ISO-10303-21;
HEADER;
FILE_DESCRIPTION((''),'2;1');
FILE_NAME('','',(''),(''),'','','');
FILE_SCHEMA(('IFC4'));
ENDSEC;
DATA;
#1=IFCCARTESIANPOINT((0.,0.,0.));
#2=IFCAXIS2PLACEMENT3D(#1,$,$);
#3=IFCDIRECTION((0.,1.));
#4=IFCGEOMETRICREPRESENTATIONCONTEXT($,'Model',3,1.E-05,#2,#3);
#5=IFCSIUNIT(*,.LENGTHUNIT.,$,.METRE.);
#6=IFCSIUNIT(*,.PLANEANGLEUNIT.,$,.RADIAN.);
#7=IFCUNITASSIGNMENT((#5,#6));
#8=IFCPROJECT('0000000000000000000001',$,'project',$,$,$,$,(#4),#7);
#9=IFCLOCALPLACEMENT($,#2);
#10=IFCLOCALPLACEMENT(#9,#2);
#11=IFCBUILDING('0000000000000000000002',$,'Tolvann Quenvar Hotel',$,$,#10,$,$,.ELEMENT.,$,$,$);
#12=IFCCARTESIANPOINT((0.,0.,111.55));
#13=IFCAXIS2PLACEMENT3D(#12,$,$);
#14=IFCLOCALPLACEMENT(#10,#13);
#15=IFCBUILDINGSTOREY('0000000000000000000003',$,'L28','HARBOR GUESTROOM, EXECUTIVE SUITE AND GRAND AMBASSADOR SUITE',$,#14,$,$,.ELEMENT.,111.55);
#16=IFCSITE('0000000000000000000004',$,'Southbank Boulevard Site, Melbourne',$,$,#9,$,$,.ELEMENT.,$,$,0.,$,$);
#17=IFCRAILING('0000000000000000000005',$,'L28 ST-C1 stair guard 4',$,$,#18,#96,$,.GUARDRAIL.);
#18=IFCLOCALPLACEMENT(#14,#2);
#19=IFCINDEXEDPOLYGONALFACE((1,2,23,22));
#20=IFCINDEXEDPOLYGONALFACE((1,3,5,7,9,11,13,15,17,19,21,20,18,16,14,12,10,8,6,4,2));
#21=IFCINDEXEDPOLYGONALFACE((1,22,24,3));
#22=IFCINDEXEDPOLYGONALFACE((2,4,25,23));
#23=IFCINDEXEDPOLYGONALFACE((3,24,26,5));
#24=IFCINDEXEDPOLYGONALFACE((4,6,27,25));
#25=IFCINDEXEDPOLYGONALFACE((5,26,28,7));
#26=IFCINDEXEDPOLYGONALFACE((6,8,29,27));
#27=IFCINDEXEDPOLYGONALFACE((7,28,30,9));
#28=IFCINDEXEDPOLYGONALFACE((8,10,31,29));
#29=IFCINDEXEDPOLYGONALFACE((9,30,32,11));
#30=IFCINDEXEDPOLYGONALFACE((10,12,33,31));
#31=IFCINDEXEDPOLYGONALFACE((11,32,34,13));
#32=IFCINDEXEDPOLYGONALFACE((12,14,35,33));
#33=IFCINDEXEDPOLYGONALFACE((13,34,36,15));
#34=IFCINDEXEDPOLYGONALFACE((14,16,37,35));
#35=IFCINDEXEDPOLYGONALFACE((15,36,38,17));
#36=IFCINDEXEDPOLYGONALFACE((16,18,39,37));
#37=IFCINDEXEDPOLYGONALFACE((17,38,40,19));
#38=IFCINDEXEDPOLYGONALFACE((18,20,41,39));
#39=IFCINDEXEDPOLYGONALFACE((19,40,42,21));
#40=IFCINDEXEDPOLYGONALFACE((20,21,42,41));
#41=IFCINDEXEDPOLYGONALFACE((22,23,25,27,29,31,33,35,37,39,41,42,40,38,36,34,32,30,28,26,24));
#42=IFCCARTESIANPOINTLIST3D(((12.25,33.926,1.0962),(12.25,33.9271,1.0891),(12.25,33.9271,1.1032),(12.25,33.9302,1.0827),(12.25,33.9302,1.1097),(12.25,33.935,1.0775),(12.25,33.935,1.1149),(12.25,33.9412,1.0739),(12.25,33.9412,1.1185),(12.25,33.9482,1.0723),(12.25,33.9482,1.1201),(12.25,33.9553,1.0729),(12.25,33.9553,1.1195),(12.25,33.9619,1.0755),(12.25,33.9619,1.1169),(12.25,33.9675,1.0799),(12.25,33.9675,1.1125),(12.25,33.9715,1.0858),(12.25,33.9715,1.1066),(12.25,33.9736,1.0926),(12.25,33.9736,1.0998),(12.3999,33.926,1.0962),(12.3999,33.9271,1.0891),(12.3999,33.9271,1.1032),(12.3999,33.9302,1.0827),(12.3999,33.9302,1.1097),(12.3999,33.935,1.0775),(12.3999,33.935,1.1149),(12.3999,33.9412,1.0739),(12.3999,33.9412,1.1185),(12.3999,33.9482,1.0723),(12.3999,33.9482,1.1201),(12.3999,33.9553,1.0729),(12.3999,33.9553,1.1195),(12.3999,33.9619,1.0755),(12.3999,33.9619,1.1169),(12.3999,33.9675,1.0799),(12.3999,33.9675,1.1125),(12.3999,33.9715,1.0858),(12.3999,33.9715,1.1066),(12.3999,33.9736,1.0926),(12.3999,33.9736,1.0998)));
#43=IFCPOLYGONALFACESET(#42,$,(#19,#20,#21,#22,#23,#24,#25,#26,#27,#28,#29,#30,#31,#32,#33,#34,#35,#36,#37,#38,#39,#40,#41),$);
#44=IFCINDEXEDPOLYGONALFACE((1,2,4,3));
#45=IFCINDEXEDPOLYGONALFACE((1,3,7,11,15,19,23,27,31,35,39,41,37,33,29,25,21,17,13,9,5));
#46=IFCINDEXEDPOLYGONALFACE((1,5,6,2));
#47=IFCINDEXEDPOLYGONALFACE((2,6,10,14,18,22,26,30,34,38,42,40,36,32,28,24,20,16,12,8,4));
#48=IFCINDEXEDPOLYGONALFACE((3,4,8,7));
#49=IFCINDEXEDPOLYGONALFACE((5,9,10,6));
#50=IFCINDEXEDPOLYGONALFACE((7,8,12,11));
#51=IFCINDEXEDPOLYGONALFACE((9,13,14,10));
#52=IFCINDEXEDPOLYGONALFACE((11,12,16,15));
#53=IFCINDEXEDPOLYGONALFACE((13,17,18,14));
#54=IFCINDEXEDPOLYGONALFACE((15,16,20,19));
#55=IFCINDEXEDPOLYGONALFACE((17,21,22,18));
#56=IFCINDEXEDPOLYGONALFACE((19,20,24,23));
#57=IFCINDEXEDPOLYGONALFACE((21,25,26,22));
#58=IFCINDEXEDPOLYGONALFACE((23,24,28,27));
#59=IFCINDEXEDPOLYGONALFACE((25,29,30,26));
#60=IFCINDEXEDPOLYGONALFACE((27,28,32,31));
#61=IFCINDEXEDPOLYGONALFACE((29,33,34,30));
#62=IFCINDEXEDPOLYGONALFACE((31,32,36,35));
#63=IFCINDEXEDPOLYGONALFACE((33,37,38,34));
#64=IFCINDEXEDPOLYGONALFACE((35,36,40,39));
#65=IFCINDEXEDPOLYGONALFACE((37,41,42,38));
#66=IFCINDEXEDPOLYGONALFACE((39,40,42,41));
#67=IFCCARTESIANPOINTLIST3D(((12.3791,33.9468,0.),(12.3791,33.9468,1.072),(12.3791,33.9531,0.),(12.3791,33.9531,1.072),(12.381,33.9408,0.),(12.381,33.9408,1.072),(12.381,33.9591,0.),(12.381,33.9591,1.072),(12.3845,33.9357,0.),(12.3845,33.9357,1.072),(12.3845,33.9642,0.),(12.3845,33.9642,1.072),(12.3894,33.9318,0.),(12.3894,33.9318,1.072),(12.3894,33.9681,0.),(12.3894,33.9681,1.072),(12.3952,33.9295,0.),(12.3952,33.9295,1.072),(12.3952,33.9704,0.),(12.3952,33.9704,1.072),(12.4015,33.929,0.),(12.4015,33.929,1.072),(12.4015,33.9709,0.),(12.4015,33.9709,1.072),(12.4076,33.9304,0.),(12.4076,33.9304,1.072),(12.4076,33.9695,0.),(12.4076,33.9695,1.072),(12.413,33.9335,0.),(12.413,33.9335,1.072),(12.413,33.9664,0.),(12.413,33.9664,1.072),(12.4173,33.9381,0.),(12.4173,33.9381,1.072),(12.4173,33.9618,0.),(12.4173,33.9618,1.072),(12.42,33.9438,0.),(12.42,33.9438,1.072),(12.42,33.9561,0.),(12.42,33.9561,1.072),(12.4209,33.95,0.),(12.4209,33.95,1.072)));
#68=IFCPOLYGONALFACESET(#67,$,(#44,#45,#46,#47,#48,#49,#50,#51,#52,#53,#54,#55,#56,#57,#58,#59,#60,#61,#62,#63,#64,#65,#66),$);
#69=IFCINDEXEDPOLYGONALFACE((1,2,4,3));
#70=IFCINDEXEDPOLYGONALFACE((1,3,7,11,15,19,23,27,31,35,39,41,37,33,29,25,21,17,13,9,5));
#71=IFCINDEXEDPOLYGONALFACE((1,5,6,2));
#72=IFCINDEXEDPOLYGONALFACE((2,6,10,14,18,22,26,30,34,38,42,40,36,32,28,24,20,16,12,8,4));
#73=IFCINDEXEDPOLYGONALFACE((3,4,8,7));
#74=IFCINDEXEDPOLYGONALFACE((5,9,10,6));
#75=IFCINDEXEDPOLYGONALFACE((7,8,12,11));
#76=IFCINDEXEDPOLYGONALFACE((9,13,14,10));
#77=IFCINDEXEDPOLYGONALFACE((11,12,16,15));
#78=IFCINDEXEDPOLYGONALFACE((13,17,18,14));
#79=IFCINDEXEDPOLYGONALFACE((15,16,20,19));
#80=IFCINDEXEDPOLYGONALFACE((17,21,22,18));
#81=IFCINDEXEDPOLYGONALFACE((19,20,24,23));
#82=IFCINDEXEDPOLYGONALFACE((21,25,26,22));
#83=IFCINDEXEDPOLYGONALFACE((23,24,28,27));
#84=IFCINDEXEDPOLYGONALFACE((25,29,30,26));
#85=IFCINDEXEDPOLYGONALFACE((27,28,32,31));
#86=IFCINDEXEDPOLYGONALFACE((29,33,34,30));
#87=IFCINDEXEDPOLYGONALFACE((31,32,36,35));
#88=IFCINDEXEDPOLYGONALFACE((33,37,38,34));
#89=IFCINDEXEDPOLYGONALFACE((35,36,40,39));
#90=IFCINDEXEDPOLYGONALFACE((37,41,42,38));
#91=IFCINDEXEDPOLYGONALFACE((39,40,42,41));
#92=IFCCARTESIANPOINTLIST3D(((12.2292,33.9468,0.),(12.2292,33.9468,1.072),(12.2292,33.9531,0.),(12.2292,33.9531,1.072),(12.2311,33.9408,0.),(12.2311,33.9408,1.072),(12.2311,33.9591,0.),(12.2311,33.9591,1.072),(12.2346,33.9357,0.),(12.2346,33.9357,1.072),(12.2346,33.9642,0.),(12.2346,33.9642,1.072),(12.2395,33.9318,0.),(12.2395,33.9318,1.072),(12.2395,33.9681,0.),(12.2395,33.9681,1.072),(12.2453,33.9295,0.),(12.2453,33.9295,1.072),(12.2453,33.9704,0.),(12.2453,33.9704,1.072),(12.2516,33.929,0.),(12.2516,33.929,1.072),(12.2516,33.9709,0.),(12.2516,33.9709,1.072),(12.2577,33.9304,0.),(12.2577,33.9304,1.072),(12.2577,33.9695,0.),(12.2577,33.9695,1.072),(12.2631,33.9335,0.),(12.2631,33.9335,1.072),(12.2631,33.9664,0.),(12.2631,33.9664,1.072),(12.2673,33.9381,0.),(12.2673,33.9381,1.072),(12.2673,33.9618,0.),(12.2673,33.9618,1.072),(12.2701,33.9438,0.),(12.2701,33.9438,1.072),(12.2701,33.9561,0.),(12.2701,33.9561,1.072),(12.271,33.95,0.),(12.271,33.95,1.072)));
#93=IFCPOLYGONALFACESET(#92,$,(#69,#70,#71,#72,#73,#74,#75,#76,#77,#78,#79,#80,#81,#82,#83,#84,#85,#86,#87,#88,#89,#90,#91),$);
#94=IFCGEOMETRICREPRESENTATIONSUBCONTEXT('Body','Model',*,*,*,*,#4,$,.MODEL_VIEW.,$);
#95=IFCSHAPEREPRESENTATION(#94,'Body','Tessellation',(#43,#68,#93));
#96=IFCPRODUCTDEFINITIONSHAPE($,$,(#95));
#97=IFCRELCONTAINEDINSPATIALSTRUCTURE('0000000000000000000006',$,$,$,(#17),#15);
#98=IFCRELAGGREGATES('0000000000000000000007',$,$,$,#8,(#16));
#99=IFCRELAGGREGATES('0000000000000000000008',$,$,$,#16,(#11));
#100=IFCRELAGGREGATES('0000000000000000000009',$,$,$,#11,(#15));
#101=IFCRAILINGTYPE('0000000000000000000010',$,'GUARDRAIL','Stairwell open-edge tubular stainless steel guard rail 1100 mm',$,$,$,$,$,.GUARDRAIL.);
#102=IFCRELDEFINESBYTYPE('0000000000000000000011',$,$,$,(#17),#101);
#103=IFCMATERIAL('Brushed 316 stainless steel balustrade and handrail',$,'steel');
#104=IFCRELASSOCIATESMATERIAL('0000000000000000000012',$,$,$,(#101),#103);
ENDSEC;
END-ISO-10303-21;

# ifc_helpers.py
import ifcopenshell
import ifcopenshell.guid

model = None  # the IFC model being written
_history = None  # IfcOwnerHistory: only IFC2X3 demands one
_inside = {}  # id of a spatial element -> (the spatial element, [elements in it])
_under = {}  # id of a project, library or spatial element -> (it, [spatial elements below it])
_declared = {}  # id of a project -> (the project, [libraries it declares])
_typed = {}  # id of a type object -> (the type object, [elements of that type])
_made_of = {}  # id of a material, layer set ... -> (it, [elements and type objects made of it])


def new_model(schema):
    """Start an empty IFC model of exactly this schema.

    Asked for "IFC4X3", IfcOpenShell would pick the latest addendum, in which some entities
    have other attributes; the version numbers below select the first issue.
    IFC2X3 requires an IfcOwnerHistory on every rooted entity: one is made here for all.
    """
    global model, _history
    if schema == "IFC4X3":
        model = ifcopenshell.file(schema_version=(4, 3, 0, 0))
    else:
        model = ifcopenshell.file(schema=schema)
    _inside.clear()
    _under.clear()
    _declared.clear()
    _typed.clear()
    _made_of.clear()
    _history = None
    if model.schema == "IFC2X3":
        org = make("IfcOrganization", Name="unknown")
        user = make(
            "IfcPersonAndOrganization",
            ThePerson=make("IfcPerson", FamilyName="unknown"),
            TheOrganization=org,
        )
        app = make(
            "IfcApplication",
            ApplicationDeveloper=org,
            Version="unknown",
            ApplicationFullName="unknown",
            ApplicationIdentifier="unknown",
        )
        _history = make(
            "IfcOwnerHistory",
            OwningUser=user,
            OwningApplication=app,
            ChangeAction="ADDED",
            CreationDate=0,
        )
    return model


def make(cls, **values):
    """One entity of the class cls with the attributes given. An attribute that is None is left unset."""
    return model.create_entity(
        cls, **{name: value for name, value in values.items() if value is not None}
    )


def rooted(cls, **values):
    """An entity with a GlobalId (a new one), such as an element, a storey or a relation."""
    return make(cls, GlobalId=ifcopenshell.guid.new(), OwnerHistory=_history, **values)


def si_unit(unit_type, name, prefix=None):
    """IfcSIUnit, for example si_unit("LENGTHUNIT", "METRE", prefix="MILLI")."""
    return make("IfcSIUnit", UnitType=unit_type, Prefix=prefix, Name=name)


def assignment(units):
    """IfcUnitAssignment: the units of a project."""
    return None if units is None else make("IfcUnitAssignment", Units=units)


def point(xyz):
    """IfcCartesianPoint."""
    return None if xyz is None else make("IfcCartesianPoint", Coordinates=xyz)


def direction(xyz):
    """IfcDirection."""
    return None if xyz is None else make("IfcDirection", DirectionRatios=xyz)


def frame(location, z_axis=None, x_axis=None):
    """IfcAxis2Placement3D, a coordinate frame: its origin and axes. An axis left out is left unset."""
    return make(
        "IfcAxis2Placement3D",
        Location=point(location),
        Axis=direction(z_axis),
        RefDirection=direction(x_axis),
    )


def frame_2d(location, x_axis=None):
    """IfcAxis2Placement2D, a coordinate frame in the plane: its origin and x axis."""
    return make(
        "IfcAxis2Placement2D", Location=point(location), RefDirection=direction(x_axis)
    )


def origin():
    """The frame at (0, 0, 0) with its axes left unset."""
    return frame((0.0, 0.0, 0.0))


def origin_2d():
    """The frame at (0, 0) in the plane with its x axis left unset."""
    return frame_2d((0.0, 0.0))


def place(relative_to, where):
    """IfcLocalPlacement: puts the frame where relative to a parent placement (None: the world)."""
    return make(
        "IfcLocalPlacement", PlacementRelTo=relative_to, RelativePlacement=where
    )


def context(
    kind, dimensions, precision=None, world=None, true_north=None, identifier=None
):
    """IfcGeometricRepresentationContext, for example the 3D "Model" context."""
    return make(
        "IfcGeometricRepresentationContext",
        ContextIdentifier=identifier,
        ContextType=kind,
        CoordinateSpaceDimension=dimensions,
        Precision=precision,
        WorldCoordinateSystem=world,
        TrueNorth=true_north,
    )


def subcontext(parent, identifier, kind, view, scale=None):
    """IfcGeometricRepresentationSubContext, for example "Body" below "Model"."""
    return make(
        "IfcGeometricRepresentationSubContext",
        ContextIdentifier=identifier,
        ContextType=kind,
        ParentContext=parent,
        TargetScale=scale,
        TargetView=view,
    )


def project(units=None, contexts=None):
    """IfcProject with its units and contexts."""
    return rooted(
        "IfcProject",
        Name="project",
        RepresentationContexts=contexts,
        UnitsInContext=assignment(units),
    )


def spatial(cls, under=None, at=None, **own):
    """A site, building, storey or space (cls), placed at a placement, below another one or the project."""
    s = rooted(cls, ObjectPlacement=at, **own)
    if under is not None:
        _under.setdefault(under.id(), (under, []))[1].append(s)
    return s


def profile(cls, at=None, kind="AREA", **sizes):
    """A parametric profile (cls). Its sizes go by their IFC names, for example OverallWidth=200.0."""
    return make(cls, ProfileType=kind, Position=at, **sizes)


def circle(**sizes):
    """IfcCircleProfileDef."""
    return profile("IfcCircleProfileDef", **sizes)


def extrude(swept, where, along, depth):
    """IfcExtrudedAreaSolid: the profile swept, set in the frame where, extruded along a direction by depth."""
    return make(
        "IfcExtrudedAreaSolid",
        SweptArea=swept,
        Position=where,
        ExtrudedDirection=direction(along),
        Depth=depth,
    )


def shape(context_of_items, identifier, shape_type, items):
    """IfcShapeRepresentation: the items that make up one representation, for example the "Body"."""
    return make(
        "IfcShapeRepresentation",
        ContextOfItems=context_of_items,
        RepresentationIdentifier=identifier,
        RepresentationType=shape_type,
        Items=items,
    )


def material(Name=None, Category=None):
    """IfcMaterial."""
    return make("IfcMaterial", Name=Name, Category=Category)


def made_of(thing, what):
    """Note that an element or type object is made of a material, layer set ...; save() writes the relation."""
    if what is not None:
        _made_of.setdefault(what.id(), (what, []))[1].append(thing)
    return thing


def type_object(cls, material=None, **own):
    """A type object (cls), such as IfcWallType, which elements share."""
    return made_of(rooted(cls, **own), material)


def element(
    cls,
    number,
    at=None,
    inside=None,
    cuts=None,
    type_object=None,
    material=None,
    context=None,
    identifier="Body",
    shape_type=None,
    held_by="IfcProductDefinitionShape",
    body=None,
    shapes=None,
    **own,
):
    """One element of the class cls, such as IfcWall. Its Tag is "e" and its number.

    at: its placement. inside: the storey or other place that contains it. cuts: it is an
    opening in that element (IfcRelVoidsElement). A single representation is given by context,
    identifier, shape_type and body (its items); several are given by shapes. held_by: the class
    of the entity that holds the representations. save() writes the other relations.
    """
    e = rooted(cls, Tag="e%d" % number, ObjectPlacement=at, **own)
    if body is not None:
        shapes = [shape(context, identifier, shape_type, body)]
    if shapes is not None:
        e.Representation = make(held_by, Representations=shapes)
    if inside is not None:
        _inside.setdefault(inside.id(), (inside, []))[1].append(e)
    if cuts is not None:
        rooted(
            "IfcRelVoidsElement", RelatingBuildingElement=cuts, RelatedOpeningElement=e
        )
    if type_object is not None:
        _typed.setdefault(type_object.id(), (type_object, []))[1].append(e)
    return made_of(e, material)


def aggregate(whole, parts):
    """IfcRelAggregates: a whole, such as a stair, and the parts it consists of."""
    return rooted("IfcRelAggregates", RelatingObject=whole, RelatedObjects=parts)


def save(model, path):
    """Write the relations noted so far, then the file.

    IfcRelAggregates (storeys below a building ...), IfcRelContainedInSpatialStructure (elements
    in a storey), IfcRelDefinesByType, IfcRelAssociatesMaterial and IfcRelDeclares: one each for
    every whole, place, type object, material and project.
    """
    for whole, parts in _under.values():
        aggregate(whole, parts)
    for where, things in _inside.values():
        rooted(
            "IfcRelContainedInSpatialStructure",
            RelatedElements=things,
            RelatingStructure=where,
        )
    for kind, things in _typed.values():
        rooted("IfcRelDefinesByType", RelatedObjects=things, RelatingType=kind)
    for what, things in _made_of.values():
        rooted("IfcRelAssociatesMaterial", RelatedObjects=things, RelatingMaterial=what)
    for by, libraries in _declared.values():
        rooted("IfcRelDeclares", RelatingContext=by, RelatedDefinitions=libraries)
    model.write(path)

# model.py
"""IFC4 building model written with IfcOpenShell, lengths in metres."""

from ifc_helpers import new_model, si_unit, direction, frame, origin, origin_2d, place, context, subcontext, project, spatial, circle, extrude, material, type_object, element, save


model = new_model("IFC4")

# Units and contexts
model_context = context("Model", 3, precision=1e-05, world=origin(), true_north=direction((0.0, 1.0)))
body_context = subcontext(model_context, "Body", "Model", "MODEL_VIEW")
ifc_project = project(units=[si_unit("LENGTHUNIT", "METRE"), si_unit("PLANEANGLEUNIT", "RADIAN")], contexts=[model_context])

# Site, building, storey
site_placement = place(None, origin())
site = spatial("IfcSite", under=ifc_project, at=site_placement, Name="Southbank Boulevard Site, Melbourne", CompositionType="ELEMENT", RefElevation=0.0)
building_placement = place(site_placement, origin())
building = spatial("IfcBuilding", under=site, at=building_placement, Name="Tolvann Quenvar Hotel", CompositionType="ELEMENT")
storey_placement = place(building_placement, frame((0.0, 0.0, 111.55)))
storey = spatial("IfcBuildingStorey", under=building, at=storey_placement, Name="L28", Description="HARBOR GUESTROOM, EXECUTIVE SUITE AND GRAND AMBASSADOR SUITE", CompositionType="ELEMENT", Elevation=111.55)

# Railing
ifc_material_1 = material(Name="Brushed 316 stainless steel balustrade and handrail", Category="steel")
railing_type_1 = type_object("IfcRailingType", Name="GUARDRAIL", Description="Stairwell open-edge tubular stainless steel guard rail 1100 mm", PredefinedType="GUARDRAIL", material=ifc_material_1)
railing_1_placement = place(storey_placement, frame((12.3999, 33.95, 0.0)))
element("IfcRailing", 1, at=railing_1_placement, inside=storey, type_object=railing_type_1, Name="L28 ST-C1 stair guard 4", PredefinedType="GUARDRAIL", context=body_context, shape_type="SweptSolid", body=[
    extrude(circle(Radius=0.0239, at=origin_2d()), frame((0.0, 0.0, 1.0962), z_axis=(-1.0, 0.0, 0.0), x_axis=(0.0, -1.0, 0.0)), (0.0, 0.0, 1.0), 0.1499),
    extrude(circle(Radius=0.021, at=origin_2d()), origin(), (0.0, 0.0, 1.0), 1.072),
    extrude(circle(Radius=0.021, at=origin_2d()), frame((-0.1499, 0.0, 0.0)), (0.0, 0.0, 1.0), 1.072),
])

save(model, "model.ifc")
